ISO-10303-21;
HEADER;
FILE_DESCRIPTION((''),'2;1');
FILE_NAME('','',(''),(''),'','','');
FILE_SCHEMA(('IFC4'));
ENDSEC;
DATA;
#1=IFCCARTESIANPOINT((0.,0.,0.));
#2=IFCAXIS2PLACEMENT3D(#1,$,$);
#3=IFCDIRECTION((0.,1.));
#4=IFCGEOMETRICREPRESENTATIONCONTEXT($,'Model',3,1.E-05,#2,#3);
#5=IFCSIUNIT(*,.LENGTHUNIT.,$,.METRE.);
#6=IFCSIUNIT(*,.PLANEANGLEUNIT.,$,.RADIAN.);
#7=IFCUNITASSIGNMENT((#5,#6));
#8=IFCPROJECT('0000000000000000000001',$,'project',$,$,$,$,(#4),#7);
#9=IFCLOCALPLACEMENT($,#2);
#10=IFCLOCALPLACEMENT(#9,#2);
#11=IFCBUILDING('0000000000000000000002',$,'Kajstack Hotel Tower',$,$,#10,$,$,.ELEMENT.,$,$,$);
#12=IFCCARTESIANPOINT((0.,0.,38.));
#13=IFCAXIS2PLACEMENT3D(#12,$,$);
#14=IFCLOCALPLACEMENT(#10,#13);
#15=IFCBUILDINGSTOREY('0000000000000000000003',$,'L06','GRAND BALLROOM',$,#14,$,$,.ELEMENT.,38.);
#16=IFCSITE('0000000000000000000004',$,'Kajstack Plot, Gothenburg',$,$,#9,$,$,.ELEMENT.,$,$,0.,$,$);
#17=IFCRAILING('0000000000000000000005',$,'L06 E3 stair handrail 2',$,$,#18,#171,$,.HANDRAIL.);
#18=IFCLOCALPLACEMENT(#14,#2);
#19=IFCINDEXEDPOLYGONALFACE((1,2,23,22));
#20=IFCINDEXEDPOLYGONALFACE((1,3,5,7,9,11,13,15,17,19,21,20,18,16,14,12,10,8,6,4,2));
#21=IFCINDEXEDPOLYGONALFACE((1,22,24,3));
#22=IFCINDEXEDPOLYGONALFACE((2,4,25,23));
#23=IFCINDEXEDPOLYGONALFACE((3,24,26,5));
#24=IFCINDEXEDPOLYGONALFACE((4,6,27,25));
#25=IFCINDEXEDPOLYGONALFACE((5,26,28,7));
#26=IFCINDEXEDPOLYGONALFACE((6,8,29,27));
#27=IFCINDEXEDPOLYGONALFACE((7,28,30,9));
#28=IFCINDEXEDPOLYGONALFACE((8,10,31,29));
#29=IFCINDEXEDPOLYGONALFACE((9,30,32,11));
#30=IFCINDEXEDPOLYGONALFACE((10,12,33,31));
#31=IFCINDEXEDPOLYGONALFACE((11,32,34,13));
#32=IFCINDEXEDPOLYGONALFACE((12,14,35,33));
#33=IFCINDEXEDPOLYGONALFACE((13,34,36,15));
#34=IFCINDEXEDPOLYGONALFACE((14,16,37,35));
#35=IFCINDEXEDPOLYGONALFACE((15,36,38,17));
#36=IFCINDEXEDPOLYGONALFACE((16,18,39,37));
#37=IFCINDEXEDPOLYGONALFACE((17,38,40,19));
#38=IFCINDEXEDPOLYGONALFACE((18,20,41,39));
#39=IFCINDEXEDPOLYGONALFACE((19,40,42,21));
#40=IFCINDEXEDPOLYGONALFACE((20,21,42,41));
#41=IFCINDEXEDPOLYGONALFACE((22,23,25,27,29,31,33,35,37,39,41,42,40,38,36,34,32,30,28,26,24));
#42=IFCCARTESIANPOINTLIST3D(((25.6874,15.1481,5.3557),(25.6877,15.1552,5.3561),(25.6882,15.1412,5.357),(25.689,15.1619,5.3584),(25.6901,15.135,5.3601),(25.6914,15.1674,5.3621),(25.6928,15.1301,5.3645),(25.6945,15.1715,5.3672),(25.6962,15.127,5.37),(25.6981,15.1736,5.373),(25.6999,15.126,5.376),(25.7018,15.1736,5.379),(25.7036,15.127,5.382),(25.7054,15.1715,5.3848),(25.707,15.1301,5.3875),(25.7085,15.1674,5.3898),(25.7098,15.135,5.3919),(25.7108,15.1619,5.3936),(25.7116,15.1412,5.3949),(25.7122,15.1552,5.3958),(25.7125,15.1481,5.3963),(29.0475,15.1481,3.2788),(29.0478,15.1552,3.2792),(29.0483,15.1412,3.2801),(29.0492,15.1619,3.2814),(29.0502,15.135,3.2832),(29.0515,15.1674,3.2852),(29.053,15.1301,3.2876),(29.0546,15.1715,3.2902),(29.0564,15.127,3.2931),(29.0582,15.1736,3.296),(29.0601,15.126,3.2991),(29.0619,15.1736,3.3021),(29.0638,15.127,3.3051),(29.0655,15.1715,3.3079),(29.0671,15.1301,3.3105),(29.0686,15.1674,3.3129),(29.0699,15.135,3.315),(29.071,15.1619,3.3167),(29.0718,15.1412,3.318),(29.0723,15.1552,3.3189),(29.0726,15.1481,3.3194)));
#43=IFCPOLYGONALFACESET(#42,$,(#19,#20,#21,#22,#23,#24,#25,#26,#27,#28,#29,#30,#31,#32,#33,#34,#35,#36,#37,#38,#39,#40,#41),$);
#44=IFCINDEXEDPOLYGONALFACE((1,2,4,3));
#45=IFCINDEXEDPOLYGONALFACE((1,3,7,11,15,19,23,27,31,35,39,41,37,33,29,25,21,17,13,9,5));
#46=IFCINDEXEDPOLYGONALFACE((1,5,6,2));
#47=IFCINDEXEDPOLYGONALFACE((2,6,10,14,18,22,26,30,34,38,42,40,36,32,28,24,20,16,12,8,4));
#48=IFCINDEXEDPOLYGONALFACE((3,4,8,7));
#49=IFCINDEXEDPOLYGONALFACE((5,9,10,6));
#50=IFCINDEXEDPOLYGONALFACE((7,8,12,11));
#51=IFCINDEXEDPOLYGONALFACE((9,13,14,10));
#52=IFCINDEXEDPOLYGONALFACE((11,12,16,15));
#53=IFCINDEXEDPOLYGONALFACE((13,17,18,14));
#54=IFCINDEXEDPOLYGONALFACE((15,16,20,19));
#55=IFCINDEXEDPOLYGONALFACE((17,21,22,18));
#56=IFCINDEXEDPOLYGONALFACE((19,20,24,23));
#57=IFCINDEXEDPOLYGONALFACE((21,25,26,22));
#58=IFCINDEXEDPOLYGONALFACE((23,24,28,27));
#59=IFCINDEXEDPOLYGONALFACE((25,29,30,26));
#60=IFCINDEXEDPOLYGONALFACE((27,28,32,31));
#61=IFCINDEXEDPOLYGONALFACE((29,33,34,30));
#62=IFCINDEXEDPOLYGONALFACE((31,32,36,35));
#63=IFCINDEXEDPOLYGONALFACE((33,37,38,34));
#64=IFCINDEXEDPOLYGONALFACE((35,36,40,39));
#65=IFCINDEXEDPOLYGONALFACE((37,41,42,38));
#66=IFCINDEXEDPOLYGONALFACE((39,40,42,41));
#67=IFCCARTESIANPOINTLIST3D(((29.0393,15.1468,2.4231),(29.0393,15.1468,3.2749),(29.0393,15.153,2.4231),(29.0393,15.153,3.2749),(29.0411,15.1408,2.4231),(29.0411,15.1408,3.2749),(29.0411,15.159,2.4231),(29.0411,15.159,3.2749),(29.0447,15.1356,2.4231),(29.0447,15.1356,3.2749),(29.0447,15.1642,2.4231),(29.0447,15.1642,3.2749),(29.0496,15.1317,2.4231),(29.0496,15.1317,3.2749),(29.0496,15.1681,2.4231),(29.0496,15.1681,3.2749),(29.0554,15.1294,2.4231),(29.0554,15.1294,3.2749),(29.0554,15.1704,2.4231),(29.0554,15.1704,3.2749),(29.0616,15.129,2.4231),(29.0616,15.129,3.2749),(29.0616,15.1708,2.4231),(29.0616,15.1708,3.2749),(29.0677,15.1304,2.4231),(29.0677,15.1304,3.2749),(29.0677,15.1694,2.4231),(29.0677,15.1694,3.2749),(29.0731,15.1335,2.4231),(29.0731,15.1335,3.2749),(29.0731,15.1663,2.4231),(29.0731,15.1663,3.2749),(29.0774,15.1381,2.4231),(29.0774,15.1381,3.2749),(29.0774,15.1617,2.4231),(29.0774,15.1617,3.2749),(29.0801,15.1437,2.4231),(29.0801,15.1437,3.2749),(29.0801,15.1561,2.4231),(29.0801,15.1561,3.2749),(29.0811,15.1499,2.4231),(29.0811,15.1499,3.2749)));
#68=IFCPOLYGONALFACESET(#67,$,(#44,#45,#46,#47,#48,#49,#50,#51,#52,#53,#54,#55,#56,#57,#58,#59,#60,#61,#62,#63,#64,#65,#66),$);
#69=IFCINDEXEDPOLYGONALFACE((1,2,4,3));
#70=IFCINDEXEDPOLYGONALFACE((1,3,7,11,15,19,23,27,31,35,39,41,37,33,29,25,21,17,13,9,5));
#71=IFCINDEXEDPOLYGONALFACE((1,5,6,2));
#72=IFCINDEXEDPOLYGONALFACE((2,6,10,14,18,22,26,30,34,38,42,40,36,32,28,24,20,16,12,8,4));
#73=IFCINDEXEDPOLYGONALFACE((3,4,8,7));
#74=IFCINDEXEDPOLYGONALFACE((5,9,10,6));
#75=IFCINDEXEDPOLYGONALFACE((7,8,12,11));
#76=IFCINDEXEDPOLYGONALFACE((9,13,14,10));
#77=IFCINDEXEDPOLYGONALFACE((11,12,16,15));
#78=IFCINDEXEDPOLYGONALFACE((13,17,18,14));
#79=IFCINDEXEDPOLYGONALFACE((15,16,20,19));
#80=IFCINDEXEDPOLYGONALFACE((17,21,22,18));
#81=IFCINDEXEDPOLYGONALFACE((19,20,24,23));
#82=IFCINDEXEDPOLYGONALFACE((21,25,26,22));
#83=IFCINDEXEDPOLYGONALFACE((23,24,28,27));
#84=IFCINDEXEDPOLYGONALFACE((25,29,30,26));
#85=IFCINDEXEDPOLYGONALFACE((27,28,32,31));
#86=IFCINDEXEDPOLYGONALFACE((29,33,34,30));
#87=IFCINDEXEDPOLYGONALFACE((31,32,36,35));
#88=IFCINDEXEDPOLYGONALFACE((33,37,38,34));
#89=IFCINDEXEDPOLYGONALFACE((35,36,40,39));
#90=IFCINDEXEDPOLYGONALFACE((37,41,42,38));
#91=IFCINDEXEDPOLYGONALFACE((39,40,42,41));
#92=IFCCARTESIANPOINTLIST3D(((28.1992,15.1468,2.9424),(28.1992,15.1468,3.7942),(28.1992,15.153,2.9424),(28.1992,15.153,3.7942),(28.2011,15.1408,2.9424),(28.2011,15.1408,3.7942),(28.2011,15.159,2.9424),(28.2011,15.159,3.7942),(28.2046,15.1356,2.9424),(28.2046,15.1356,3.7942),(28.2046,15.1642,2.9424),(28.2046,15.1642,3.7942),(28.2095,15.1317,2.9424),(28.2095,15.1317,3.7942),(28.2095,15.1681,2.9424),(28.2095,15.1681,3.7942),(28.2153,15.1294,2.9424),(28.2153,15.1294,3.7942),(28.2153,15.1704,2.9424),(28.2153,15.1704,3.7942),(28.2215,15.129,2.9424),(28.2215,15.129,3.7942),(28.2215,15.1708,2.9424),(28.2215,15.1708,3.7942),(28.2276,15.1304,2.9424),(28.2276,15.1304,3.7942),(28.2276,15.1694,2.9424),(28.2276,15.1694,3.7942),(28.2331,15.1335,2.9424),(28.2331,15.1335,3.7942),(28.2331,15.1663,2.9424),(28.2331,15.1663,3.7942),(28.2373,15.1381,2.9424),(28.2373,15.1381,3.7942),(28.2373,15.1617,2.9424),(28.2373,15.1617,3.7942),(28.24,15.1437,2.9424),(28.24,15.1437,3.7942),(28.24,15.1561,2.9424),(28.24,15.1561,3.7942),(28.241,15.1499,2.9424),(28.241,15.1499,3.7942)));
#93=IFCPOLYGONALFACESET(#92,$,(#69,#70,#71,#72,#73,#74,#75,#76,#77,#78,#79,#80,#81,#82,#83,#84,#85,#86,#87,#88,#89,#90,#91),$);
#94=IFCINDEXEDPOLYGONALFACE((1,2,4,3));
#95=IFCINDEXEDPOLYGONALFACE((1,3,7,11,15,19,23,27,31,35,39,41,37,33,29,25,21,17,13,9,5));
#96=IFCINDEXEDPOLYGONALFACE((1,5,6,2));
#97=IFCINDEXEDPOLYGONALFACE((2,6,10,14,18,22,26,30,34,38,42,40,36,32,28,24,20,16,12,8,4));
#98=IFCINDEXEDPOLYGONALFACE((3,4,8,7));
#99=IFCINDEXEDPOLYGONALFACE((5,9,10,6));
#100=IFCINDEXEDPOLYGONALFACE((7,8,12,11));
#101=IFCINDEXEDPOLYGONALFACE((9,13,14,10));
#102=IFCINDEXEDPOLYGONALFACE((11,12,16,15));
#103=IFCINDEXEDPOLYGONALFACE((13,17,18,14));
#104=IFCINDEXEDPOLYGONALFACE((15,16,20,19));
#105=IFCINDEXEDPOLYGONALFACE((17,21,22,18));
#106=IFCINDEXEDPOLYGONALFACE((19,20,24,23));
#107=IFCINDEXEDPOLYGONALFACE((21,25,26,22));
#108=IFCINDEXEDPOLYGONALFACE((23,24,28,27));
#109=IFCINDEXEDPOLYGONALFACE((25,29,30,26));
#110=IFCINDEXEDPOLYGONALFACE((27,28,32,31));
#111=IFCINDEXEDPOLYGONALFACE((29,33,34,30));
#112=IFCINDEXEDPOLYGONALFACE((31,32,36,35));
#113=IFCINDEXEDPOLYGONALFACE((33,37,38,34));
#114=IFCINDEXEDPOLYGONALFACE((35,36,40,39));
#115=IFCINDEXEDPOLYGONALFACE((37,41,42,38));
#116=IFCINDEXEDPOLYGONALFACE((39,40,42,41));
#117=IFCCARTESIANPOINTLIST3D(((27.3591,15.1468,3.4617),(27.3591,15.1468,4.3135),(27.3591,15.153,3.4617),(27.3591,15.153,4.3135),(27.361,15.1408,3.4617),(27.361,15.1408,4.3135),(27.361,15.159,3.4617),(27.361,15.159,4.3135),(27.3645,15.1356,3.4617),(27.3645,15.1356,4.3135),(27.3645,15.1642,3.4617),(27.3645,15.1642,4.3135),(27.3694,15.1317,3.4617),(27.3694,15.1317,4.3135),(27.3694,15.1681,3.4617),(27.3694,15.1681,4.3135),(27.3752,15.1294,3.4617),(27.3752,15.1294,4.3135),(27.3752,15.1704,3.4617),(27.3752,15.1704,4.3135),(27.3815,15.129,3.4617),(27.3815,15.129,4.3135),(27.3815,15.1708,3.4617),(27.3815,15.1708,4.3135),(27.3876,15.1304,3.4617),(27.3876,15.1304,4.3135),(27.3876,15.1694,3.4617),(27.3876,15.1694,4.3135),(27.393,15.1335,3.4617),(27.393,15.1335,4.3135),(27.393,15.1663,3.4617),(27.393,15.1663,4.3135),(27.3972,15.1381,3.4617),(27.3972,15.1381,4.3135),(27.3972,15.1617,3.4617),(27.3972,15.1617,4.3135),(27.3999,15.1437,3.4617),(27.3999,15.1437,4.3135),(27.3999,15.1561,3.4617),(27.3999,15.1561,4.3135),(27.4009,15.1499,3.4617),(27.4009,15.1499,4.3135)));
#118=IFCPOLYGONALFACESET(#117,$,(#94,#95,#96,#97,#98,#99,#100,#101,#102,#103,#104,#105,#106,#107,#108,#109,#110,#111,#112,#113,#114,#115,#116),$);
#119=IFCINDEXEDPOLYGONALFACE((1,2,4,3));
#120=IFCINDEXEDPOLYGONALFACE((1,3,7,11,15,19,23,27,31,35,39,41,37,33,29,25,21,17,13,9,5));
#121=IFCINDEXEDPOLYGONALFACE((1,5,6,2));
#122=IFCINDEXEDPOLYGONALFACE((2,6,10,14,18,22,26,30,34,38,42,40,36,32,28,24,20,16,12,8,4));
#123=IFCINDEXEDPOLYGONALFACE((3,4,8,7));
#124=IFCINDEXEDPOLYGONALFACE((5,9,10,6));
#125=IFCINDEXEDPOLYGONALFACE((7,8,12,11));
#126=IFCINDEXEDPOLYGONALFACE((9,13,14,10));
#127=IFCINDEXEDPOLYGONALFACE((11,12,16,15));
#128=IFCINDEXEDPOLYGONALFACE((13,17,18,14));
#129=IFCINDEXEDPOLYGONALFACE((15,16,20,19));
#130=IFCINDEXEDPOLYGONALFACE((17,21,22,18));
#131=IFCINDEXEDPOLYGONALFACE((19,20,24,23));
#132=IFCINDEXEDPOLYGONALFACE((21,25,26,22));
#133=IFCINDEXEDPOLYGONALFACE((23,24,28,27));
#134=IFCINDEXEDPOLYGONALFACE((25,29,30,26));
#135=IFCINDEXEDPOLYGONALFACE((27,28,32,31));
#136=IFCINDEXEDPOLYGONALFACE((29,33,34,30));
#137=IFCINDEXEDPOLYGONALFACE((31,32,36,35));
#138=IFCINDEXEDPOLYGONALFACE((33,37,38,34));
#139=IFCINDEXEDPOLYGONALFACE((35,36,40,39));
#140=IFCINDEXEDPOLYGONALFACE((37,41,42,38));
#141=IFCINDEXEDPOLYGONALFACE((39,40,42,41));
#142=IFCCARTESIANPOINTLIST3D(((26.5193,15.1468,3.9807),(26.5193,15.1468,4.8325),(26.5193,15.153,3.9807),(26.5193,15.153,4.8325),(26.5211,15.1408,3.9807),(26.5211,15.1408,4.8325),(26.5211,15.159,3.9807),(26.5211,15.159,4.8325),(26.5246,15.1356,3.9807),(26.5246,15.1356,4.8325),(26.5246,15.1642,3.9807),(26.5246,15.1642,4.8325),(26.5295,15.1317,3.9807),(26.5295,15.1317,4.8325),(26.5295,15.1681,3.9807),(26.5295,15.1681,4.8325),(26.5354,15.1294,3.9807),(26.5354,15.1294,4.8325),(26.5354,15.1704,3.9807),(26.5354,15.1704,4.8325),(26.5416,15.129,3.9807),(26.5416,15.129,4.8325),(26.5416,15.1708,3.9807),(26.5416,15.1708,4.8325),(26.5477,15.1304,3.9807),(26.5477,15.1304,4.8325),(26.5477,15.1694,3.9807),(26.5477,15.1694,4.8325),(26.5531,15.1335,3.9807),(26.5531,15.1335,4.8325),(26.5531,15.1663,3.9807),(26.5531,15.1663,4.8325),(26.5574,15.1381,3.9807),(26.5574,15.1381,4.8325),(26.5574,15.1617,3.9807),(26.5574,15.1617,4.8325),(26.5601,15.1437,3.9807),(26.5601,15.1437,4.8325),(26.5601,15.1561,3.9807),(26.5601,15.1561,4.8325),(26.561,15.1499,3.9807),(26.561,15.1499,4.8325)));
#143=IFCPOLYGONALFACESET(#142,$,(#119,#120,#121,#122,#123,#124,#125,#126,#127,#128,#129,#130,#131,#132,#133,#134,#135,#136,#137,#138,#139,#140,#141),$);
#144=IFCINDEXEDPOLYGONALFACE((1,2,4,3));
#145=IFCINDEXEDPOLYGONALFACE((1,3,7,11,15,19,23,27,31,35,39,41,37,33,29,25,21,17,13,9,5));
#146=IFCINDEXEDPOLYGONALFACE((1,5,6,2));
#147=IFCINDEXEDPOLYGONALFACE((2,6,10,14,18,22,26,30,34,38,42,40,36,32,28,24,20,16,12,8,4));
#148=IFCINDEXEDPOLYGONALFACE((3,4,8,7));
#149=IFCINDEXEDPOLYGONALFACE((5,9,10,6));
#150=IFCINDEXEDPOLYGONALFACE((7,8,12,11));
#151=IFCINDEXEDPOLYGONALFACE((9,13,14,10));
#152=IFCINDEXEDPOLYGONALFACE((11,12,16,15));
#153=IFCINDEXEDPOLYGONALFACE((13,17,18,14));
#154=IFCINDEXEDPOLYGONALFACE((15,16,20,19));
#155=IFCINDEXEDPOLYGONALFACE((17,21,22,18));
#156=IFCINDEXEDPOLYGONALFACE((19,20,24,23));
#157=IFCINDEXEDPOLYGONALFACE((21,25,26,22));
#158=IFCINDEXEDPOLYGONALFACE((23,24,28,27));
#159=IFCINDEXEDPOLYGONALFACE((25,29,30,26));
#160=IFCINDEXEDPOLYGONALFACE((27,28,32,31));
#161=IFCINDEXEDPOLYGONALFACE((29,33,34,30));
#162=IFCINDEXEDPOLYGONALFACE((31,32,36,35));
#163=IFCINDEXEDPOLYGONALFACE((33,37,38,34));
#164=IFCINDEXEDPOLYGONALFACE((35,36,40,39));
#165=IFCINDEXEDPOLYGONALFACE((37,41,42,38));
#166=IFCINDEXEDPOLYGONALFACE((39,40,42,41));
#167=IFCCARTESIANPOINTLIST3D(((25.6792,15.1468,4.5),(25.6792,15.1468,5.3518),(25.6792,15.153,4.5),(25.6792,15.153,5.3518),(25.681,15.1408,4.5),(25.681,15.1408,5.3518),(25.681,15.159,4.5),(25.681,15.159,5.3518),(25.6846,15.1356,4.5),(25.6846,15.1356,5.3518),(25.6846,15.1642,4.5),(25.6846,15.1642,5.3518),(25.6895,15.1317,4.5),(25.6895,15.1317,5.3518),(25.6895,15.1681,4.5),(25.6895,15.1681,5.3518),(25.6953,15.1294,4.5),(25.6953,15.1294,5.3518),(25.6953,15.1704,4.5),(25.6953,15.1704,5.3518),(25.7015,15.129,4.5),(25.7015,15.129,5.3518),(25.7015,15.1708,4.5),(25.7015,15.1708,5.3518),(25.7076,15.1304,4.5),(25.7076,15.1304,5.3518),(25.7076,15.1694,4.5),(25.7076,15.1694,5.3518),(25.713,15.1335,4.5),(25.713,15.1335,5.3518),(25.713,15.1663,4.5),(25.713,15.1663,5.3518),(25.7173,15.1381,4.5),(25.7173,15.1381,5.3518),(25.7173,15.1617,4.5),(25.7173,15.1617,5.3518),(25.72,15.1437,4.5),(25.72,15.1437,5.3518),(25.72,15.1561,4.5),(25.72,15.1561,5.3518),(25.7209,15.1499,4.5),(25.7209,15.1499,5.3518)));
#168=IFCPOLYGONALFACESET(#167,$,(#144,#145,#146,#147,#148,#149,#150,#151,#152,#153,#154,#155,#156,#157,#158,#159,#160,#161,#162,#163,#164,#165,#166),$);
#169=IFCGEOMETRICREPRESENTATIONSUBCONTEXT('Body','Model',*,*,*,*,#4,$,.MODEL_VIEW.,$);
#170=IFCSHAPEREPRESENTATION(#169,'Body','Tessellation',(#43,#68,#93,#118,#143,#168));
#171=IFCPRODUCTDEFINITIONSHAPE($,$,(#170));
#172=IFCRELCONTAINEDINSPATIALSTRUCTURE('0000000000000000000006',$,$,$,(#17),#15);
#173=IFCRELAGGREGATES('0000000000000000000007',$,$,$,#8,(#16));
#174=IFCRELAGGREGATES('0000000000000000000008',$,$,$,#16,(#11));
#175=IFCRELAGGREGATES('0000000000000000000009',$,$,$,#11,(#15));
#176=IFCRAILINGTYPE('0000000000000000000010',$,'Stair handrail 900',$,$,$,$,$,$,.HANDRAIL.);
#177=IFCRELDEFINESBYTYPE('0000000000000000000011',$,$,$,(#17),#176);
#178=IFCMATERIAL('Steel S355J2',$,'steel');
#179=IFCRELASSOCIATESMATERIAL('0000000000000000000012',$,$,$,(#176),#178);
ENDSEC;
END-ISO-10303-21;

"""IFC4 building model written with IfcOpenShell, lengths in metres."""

from ifc_helpers import new_model, si_unit, direction, frame, origin, origin_2d, place, context, subcontext, project, spatial, circle, extrude, material, type_object, element, save


model = new_model("IFC4")

# Units and contexts
model_context = context("Model", 3, precision=1e-05, world=origin(), true_north=direction((0.0, 1.0)))
body_context = subcontext(model_context, "Body", "Model", "MODEL_VIEW")
ifc_project = project(units=[si_unit("LENGTHUNIT", "METRE"), si_unit("PLANEANGLEUNIT", "RADIAN")], contexts=[model_context])

# Site, building, storey
site_placement = place(None, origin())
site = spatial("IfcSite", under=ifc_project, at=site_placement, Name="Kajstack Plot, Gothenburg", CompositionType="ELEMENT", RefElevation=0.0)
building_placement = place(site_placement, origin())
building = spatial("IfcBuilding", under=site, at=building_placement, Name="Kajstack Hotel Tower", CompositionType="ELEMENT")
storey_placement = place(building_placement, frame((0.0, 0.0, 38.0)))
storey = spatial("IfcBuildingStorey", under=building, at=storey_placement, Name="L06", Description="GRAND BALLROOM", CompositionType="ELEMENT", Elevation=38.0)

# Railing
ifc_material_1 = material(Name="Steel S355J2", Category="steel")
railing_type_1 = type_object("IfcRailingType", Name="Stair handrail 900", PredefinedType="HANDRAIL", material=ifc_material_1)
railing_1_placement = place(storey_placement, frame((29.0601, 15.1499, 2.4231)))
element("IfcRailing", 1, at=railing_1_placement, inside=storey, type_object=railing_type_1, Name="L06 E3 stair handrail 2", PredefinedType="HANDRAIL", context=body_context, shape_type="SweptSolid", body=[
    extrude(circle(Radius=0.0239, at=origin_2d()), frame((0.0, 0.0, 0.876), z_axis=(-0.850623, 0.0, 0.525776), x_axis=(0.0, -1.0, 0.0)), (0.0, 0.0, 1.0), 3.9502),
    extrude(circle(Radius=0.021, at=origin_2d()), origin(), (0.0, 0.0, 1.0), 0.8518),
    extrude(circle(Radius=0.021, at=origin_2d()), frame((-0.8401, 0.0, 0.5193)), (0.0, 0.0, 1.0), 0.8518),
    extrude(circle(Radius=0.021, at=origin_2d()), frame((-1.6802, 0.0, 1.0386)), (0.0, 0.0, 1.0), 0.8518),
    extrude(circle(Radius=0.021, at=origin_2d()), frame((-2.52, 0.0, 1.5576)), (0.0, 0.0, 1.0), 0.8518),
    extrude(circle(Radius=0.021, at=origin_2d()), frame((-3.3601, 0.0, 2.0769)), (0.0, 0.0, 1.0), 0.8518),
])

save(model, "model.ifc")
